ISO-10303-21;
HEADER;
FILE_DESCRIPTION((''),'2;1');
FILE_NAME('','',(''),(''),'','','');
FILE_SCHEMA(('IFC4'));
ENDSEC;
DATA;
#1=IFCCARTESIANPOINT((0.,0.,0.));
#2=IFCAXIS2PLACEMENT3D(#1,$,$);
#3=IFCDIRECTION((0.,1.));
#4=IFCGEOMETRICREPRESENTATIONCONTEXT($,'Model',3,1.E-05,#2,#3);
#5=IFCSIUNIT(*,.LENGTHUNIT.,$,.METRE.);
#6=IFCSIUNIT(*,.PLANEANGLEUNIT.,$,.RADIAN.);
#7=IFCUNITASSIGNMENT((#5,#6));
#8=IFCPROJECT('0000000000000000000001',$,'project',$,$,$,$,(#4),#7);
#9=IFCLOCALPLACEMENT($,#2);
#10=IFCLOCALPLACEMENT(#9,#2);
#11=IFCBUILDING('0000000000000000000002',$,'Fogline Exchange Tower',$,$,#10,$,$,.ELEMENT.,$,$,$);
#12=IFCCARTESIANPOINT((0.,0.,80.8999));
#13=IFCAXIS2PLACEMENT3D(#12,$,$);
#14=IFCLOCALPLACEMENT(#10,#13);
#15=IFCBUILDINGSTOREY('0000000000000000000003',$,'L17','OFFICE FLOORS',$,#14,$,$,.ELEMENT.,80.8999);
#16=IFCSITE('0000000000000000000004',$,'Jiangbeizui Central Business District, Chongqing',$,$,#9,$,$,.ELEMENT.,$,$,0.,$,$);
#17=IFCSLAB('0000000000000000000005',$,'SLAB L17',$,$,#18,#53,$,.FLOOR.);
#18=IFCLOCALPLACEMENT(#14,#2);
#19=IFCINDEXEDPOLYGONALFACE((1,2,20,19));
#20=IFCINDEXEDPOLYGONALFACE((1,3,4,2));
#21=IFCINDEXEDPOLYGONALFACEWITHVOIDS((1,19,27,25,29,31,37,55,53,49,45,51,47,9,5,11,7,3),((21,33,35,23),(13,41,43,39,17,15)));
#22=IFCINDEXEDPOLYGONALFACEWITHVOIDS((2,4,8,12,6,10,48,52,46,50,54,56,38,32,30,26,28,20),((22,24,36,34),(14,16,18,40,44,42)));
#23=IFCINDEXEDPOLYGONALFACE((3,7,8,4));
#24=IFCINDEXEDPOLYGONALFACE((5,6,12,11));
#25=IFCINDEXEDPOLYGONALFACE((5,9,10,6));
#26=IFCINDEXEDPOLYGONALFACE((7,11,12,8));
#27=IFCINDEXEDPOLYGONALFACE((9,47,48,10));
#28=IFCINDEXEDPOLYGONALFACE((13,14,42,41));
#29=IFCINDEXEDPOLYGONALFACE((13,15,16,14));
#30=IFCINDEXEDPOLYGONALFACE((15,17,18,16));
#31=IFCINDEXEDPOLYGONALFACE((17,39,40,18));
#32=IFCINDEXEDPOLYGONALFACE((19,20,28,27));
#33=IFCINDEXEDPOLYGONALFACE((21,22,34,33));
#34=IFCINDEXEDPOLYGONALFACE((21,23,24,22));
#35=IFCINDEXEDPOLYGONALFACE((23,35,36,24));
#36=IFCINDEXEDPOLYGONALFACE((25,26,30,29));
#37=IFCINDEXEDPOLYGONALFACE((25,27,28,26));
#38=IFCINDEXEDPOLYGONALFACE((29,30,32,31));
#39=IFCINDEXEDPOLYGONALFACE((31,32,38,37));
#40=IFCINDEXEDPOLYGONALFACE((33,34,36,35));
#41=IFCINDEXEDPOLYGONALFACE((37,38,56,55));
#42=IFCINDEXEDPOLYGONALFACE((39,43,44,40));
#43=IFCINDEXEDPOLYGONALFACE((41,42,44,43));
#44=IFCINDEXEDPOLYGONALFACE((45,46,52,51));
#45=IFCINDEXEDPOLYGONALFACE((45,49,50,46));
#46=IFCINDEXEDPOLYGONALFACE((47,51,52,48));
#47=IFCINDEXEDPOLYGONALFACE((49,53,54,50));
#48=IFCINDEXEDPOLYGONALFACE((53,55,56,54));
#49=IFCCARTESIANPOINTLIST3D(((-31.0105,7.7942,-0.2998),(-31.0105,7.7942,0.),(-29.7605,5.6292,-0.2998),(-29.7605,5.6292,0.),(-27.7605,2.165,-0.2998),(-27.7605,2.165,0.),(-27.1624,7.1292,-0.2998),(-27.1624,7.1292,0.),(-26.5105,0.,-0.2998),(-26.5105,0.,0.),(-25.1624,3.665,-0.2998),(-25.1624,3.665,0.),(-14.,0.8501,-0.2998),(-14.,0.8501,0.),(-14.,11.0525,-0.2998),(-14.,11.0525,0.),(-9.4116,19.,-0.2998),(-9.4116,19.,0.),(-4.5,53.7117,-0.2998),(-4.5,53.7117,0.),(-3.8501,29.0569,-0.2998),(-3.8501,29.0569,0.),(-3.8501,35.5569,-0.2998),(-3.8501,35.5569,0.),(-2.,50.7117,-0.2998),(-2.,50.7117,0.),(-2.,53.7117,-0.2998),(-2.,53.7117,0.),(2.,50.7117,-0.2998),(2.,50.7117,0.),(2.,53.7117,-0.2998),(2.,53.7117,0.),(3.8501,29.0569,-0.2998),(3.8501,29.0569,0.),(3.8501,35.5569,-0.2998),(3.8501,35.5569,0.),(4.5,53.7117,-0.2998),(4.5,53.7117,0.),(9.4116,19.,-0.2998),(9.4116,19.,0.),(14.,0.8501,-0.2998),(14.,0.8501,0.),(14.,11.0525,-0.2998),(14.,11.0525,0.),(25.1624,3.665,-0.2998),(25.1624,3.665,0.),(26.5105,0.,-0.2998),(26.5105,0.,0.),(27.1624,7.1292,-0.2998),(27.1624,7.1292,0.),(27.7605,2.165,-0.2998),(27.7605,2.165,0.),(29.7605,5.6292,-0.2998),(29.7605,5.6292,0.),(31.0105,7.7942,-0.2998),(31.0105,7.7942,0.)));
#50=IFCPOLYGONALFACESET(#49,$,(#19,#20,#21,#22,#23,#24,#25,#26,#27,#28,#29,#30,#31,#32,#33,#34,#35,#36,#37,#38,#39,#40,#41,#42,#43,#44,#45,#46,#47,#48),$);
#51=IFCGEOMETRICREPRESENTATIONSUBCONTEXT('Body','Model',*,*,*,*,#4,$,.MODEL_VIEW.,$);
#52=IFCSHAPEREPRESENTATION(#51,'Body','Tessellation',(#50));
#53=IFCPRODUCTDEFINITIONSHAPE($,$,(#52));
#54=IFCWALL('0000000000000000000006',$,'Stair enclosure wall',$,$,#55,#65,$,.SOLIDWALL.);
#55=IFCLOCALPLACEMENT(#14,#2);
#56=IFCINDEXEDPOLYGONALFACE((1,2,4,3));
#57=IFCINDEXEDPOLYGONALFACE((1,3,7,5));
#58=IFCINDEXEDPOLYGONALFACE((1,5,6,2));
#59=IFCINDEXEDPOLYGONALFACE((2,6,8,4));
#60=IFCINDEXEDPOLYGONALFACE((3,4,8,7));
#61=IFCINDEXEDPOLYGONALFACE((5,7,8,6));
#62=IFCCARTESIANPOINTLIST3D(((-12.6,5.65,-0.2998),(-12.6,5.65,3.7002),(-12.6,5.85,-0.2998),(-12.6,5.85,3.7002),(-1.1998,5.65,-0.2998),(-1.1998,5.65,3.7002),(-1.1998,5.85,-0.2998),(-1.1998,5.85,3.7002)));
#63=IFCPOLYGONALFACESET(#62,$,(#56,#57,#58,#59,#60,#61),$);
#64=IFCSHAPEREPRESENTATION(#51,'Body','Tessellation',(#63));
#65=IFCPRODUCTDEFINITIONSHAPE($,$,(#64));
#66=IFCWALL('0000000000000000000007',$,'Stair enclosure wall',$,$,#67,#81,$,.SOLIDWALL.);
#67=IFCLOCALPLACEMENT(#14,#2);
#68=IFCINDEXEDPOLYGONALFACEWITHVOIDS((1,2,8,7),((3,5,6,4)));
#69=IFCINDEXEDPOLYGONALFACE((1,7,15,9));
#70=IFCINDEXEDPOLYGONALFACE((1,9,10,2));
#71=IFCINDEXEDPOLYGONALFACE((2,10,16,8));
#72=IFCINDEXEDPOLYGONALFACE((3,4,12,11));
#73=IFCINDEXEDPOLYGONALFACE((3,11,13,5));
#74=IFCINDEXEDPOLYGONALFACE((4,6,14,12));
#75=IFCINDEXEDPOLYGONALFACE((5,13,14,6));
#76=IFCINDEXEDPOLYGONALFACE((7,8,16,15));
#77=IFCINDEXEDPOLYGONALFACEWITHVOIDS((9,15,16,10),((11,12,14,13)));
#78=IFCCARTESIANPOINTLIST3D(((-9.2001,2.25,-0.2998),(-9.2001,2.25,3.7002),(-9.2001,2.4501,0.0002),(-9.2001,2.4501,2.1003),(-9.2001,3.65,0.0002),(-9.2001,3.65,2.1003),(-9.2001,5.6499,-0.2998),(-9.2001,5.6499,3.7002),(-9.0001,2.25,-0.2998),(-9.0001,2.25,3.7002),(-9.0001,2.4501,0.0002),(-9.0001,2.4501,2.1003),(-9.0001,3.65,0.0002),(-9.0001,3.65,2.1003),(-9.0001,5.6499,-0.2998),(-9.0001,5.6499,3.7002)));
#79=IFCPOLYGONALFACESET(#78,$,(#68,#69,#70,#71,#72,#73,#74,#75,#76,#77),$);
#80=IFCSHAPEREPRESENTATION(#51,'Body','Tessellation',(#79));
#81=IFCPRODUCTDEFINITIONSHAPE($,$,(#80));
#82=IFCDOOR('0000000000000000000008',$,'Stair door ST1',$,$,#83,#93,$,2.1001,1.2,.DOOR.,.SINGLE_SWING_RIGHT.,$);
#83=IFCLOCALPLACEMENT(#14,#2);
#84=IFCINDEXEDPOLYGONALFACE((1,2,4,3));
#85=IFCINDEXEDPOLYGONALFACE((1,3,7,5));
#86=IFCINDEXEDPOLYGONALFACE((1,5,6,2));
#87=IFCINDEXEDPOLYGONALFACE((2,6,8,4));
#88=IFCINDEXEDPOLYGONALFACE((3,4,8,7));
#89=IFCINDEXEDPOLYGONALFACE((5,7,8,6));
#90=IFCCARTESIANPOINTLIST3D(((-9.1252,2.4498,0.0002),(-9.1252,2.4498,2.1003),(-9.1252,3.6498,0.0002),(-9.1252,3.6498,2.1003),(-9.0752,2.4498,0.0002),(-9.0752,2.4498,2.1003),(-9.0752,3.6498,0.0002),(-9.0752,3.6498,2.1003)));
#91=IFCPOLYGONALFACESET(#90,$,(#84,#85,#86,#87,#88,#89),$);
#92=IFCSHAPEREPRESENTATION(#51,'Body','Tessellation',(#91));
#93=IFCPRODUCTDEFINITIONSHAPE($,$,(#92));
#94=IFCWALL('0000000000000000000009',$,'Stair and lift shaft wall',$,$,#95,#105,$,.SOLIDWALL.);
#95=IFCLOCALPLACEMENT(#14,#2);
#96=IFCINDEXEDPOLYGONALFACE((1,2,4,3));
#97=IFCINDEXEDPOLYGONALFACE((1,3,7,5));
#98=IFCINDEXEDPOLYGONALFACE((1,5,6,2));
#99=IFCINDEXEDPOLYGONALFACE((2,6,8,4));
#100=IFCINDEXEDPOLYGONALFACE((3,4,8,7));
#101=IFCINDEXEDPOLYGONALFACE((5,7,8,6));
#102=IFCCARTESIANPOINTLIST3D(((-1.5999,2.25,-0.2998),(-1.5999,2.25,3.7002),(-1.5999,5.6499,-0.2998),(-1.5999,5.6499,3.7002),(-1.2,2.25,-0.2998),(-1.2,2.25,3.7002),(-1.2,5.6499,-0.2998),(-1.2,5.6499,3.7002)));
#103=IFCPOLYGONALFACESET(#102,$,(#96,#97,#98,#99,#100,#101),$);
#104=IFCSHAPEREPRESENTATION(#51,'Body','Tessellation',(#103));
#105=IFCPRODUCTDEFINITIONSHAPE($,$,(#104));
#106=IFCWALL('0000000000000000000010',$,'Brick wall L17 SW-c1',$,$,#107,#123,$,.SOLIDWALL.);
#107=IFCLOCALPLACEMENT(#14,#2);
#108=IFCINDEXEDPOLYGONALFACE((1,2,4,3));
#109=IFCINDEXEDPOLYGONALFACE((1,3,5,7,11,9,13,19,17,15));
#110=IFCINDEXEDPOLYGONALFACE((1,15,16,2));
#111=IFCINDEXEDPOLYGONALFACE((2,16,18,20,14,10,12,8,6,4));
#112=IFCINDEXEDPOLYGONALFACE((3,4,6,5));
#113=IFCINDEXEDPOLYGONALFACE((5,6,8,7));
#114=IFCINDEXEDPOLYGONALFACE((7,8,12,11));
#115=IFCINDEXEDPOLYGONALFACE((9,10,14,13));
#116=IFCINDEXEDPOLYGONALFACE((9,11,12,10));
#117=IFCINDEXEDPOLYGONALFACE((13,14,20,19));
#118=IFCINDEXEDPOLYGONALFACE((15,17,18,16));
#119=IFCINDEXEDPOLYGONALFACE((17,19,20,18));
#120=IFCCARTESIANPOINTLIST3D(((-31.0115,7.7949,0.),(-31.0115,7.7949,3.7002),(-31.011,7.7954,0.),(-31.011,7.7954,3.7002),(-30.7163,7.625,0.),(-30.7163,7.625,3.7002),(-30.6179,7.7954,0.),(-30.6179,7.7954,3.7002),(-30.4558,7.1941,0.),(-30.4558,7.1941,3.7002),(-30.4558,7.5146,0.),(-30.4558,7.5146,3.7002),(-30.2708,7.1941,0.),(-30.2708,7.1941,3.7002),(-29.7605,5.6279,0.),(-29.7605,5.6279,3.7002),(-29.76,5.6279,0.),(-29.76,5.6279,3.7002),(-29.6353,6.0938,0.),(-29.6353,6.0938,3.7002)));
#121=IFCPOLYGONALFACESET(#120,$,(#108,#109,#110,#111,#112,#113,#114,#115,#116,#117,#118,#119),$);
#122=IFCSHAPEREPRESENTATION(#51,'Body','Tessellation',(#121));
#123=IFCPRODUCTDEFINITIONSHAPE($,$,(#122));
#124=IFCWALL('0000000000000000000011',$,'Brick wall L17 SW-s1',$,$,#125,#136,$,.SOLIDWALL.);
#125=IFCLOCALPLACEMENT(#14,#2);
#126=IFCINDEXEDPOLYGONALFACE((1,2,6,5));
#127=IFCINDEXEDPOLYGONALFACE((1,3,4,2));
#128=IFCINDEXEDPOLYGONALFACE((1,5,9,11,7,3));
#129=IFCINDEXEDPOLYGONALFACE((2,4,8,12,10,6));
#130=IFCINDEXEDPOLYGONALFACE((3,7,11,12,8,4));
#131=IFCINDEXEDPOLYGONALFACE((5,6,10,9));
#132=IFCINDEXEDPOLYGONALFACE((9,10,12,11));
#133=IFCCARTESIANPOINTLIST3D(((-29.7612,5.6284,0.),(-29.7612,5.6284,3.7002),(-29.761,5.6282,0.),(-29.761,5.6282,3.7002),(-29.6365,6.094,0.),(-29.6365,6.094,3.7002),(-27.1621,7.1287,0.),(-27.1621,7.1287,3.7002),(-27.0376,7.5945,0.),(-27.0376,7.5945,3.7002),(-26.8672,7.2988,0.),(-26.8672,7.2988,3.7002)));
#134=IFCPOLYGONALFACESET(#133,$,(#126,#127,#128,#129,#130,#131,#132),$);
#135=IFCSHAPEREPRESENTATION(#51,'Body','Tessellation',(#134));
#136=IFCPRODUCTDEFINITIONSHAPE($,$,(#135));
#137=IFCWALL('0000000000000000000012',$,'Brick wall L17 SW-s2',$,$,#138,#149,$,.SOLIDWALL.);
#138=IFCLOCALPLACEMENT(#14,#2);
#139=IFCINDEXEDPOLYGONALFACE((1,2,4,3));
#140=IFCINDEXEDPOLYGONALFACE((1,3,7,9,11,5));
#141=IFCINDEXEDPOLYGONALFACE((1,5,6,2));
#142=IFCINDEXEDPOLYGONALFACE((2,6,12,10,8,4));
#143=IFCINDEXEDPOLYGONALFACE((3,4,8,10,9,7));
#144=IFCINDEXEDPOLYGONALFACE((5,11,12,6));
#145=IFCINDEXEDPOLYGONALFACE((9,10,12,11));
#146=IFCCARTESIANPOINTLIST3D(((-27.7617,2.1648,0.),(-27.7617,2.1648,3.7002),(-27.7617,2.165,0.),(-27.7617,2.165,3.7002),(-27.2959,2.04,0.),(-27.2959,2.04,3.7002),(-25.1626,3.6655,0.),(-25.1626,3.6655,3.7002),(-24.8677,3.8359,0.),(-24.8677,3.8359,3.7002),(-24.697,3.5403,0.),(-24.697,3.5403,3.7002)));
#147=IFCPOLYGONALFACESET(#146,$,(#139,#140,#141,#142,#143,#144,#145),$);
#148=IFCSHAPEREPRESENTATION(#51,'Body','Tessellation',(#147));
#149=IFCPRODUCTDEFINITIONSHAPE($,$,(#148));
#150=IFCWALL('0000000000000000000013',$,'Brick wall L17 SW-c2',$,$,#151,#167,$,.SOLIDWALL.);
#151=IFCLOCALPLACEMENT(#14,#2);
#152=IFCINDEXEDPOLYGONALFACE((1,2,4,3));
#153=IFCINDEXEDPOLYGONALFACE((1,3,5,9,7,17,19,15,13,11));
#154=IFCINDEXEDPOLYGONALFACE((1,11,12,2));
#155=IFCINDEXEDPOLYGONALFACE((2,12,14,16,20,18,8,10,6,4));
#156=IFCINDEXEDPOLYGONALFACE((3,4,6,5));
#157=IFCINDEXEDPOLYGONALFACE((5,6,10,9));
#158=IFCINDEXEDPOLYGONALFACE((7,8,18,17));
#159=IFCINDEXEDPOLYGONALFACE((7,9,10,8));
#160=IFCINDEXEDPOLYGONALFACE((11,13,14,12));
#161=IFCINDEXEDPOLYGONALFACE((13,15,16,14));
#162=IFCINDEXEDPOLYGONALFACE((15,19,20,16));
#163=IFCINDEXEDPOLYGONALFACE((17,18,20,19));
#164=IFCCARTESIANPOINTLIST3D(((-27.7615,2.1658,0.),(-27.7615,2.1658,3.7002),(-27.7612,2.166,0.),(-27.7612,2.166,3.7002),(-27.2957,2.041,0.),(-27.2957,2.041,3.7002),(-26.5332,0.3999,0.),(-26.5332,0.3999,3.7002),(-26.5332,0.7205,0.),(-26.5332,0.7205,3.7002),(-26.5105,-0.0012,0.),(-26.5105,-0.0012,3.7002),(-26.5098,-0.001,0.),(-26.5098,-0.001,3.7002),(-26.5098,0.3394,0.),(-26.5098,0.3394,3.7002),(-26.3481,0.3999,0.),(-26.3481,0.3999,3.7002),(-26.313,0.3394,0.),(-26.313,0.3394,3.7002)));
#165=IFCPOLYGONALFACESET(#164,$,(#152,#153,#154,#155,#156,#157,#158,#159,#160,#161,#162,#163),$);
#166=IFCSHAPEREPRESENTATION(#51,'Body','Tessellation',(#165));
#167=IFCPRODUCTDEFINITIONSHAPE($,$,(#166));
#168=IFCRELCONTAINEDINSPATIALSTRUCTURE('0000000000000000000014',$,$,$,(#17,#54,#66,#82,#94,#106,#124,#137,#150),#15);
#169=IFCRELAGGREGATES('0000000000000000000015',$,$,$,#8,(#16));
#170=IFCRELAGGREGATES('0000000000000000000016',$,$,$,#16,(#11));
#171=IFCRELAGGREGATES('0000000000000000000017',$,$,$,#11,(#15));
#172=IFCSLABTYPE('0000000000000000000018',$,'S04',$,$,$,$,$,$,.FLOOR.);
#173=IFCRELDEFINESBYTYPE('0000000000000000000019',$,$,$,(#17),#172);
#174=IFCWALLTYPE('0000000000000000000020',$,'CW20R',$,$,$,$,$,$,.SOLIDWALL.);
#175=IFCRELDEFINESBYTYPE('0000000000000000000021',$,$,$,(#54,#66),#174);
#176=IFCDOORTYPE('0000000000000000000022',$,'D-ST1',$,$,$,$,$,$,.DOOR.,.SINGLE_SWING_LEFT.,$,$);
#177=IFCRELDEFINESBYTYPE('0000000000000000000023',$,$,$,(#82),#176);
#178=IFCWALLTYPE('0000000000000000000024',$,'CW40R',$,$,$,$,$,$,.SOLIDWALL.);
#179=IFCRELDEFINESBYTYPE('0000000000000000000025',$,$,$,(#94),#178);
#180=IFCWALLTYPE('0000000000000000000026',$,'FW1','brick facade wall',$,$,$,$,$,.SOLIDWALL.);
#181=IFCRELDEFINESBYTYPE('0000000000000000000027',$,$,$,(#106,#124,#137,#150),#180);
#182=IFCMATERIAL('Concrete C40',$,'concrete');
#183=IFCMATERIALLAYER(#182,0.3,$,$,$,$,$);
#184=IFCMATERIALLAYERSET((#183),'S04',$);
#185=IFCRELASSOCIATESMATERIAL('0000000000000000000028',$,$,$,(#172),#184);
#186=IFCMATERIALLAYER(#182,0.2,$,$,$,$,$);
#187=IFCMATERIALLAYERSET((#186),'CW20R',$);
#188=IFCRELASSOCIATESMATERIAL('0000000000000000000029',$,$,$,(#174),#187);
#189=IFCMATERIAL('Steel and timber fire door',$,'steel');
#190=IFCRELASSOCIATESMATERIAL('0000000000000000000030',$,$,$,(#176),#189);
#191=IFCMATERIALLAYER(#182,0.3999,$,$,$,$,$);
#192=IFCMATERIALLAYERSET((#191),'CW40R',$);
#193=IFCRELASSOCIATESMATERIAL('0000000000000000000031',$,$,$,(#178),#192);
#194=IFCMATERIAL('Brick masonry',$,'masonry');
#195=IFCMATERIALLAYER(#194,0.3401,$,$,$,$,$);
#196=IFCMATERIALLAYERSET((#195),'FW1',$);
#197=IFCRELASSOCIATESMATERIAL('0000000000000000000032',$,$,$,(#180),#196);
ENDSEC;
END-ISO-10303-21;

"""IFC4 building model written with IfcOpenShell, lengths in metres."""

from ifc_helpers import new_model, si_unit, direction, frame, frame_2d, origin, place, context, subcontext, project, spatial, polyline, rectangle, outline, extrude, material, layer, layer_set, type_object, element, fill, save


model = new_model("IFC4")

# Units and contexts
model_context = context("Model", 3, precision=1e-05, world=origin(), true_north=direction((0.0, 1.0)))
body_context = subcontext(model_context, "Body", "Model", "MODEL_VIEW")
ifc_project = project(units=[si_unit("LENGTHUNIT", "METRE"), si_unit("PLANEANGLEUNIT", "RADIAN")], contexts=[model_context])

# Site, building, storey
site_placement = place(None, origin())
site = spatial("IfcSite", under=ifc_project, at=site_placement, Name="Jiangbeizui Central Business District, Chongqing", CompositionType="ELEMENT", RefElevation=0.0)
building_placement = place(site_placement, origin())
building = spatial("IfcBuilding", under=site, at=building_placement, Name="Fogline Exchange Tower", CompositionType="ELEMENT")
storey_placement = place(building_placement, frame((0.0, 0.0, 80.8999)))
storey = spatial("IfcBuildingStorey", under=building, at=storey_placement, Name="L17", Description="OFFICE FLOORS", CompositionType="ELEMENT", Elevation=80.8999)

# Slab
ifc_material_1 = material(Name="Concrete C40", Category="concrete")
ifc_layer_1 = layer(ifc_material_1, 0.3)
ifc_layer_set_1 = layer_set([ifc_layer_1], Name="S04")
slab_type = type_object("IfcSlabType", Name="S04", PredefinedType="FLOOR", material=ifc_layer_set_1)
slab_placement = place(storey_placement, frame((0.0, 0.0, -0.2998)))
element("IfcSlab", 1, at=slab_placement, inside=storey, type_object=slab_type, Name="SLAB L17", PredefinedType="FLOOR", context=body_context, shape_type="SweptSolid", body=[
    extrude(outline(polyline([(-2.0, 53.7117), (-4.5, 53.7117), (-31.0105, 7.7942), (-29.7605, 5.6292), (-27.1624, 7.1292), (-25.1624, 3.665), (-27.7605, 2.165), (-26.5105, 0.0), (26.5105, 0.0), (27.7605, 2.165), (25.1624, 3.665), (27.1624, 7.1292), (29.7605, 5.6292), (31.0105, 7.7942), (4.5, 53.7117), (2.0, 53.7117), (2.0, 50.7117), (-2.0, 50.7117), (-2.0, 53.7117)]), holes=[polyline([(14.0, 11.0525), (14.0, 0.8501), (-14.0, 0.8501), (-14.0, 11.0525), (-9.4116, 19.0), (9.4116, 19.0), (14.0, 11.0525)]), polyline([(3.8501, 35.5569), (3.8501, 29.0569), (-3.8501, 29.0569), (-3.8501, 35.5569), (3.8501, 35.5569)])]), origin(), (0.0, 0.0, 1.0), 0.2998),
])

# Wall
ifc_layer_2 = layer(ifc_material_1, 0.2)
ifc_layer_set_2 = layer_set([ifc_layer_2], Name="CW20R")
wall_type_1 = type_object("IfcWallType", Name="CW20R", PredefinedType="SOLIDWALL", material=ifc_layer_set_2)
wall_1_placement = place(storey_placement, frame((-12.6001, 5.75, -0.2998), z_axis=(0.0, 0.0, 1.0), x_axis=(1.0, 0.0, 0.0)))
element("IfcWall", 2, at=wall_1_placement, inside=storey, type_object=wall_type_1, Name="Stair enclosure wall", PredefinedType="SOLIDWALL", context=body_context, shape_type="SweptSolid", body=[
    extrude(rectangle(XDim=11.4001, YDim=0.2, at=frame_2d((5.7002, 0.0))), origin(), (0.0, 0.0, 1.0), 4.0),
])

# Wall, opening, door
wall_2_placement = place(storey_placement, frame((-9.1001, 2.25, -0.2998), z_axis=(0.0, 0.0, 1.0), x_axis=(0.0, 1.0, 0.0)))
wall_2 = element("IfcWall", 3, at=wall_2_placement, inside=storey, type_object=wall_type_1, Name="Stair enclosure wall", PredefinedType="SOLIDWALL", context=body_context, shape_type="SweptSolid", body=[
    extrude(rectangle(XDim=3.3999, YDim=0.2, at=frame_2d((1.7, 0.0))), origin(), (0.0, 0.0, 1.0), 4.0),
])
opening_placement = place(wall_2_placement, frame((0.2, 0.0, 0.3)))
opening = element("IfcOpeningElement", 4, at=opening_placement, cuts=wall_2, PredefinedType="OPENING", context=body_context, shape_type="SweptSolid", body=[
    extrude(rectangle(XDim=1.2, YDim=2.1001, at=frame_2d((0.6001, 1.05))), frame((0.0, 0.1099, 0.0), z_axis=(0.0, -1.0, 0.0), x_axis=(1.0, 0.0, 0.0)), (0.0, 0.0, 1.0), 0.22),
])
ifc_material_2 = material(Name="Steel and timber fire door", Category="steel")
door_type = type_object("IfcDoorType", Name="D-ST1", OperationType="SINGLE_SWING_LEFT", PredefinedType="DOOR", material=ifc_material_2)
door_placement = place(opening_placement, frame((1.2, 0.0, 0.0), z_axis=(0.0, 0.0, 1.0), x_axis=(-1.0, 0.0, 0.0)))
door = element("IfcDoor", 5, at=door_placement, inside=storey, type_object=door_type, Name="Stair door ST1", OperationType="SINGLE_SWING_RIGHT", OverallHeight=2.1001, OverallWidth=1.2, PredefinedType="DOOR", context=body_context, shape_type="SweptSolid", body=[
    extrude(rectangle(XDim=1.2, YDim=2.1001, at=frame_2d((0.6001, 1.05))), frame((0.0, 0.0249, 0.0), z_axis=(0.0, -1.0, 0.0), x_axis=(1.0, 0.0, 0.0)), (0.0, 0.0, 1.0), 0.05),
])
fill(opening, door)

# Walls
ifc_layer_3 = layer(ifc_material_1, 0.3999)
ifc_layer_set_3 = layer_set([ifc_layer_3], Name="CW40R")
wall_type_2 = type_object("IfcWallType", Name="CW40R", PredefinedType="SOLIDWALL", material=ifc_layer_set_3)
wall_3_placement = place(storey_placement, frame((-1.3999, 2.25, -0.2998), z_axis=(0.0, 0.0, 1.0), x_axis=(0.0, 1.0, 0.0)))
element("IfcWall", 6, at=wall_3_placement, inside=storey, type_object=wall_type_2, Name="Stair and lift shaft wall", PredefinedType="SOLIDWALL", context=body_context, shape_type="SweptSolid", body=[
    extrude(rectangle(XDim=3.3999, YDim=0.3999, at=frame_2d((1.7, 0.0))), origin(), (0.0, 0.0, 1.0), 4.0),
])
ifc_material_3 = material(Name="Brick masonry", Category="masonry")
ifc_layer_4 = layer(ifc_material_3, 0.3401)
ifc_layer_set_4 = layer_set([ifc_layer_4], Name="FW1")
wall_type_3 = type_object("IfcWallType", Name="FW1", Description="brick facade wall", PredefinedType="SOLIDWALL", material=ifc_layer_set_4)
wall_4_placement = place(storey_placement, origin())
element("IfcWall", 7, at=wall_4_placement, inside=storey, type_object=wall_type_3, Name="Brick wall L17 SW-c1", PredefinedType="SOLIDWALL", context=body_context, shape_type="SweptSolid", body=[
    extrude(outline(polyline([(-29.7605, 5.6279), (-31.0115, 7.7949), (-31.011, 7.7954), (-30.7163, 7.625), (-30.6179, 7.7954), (-30.4558, 7.5146), (-30.4558, 7.1941), (-30.2708, 7.1941), (-29.6353, 6.0938), (-29.76, 5.6279), (-29.7605, 5.6279)])), origin(), (0.0, 0.0, 1.0), 3.7002),
])
wall_5_placement = place(storey_placement, origin())
element("IfcWall", 8, at=wall_5_placement, inside=storey, type_object=wall_type_3, Name="Brick wall L17 SW-s1", PredefinedType="SOLIDWALL", context=body_context, shape_type="SweptSolid", body=[
    extrude(outline(polyline([(-27.0376, 7.5945), (-26.8672, 7.2988), (-27.1621, 7.1287), (-29.761, 5.6282), (-29.7612, 5.6284), (-29.6365, 6.094), (-27.0376, 7.5945)])), origin(), (0.0, 0.0, 1.0), 3.7002),
])
wall_6_placement = place(storey_placement, origin())
element("IfcWall", 9, at=wall_6_placement, inside=storey, type_object=wall_type_3, Name="Brick wall L17 SW-s2", PredefinedType="SOLIDWALL", context=body_context, shape_type="SweptSolid", body=[
    extrude(outline(polyline([(-27.7617, 2.165), (-25.1626, 3.6655), (-24.8677, 3.8359), (-24.697, 3.5403), (-27.2959, 2.04), (-27.7617, 2.1648), (-27.7617, 2.165)])), origin(), (0.0, 0.0, 1.0), 3.7002),
])
wall_7_placement = place(storey_placement, origin())
element("IfcWall", 10, at=wall_7_placement, inside=storey, type_object=wall_type_3, Name="Brick wall L17 SW-c2", PredefinedType="SOLIDWALL", context=body_context, shape_type="SweptSolid", body=[
    extrude(outline(polyline([(-26.5332, 0.7205), (-26.5332, 0.3999), (-26.3481, 0.3999), (-26.313, 0.3394), (-26.5098, 0.3394), (-26.5098, -0.001), (-26.5105, -0.0012), (-27.7615, 2.1658), (-27.7612, 2.166), (-27.2957, 2.041), (-26.5332, 0.7205)])), origin(), (0.0, 0.0, 1.0), 3.7002),
])

save(model, "model.ifc")
